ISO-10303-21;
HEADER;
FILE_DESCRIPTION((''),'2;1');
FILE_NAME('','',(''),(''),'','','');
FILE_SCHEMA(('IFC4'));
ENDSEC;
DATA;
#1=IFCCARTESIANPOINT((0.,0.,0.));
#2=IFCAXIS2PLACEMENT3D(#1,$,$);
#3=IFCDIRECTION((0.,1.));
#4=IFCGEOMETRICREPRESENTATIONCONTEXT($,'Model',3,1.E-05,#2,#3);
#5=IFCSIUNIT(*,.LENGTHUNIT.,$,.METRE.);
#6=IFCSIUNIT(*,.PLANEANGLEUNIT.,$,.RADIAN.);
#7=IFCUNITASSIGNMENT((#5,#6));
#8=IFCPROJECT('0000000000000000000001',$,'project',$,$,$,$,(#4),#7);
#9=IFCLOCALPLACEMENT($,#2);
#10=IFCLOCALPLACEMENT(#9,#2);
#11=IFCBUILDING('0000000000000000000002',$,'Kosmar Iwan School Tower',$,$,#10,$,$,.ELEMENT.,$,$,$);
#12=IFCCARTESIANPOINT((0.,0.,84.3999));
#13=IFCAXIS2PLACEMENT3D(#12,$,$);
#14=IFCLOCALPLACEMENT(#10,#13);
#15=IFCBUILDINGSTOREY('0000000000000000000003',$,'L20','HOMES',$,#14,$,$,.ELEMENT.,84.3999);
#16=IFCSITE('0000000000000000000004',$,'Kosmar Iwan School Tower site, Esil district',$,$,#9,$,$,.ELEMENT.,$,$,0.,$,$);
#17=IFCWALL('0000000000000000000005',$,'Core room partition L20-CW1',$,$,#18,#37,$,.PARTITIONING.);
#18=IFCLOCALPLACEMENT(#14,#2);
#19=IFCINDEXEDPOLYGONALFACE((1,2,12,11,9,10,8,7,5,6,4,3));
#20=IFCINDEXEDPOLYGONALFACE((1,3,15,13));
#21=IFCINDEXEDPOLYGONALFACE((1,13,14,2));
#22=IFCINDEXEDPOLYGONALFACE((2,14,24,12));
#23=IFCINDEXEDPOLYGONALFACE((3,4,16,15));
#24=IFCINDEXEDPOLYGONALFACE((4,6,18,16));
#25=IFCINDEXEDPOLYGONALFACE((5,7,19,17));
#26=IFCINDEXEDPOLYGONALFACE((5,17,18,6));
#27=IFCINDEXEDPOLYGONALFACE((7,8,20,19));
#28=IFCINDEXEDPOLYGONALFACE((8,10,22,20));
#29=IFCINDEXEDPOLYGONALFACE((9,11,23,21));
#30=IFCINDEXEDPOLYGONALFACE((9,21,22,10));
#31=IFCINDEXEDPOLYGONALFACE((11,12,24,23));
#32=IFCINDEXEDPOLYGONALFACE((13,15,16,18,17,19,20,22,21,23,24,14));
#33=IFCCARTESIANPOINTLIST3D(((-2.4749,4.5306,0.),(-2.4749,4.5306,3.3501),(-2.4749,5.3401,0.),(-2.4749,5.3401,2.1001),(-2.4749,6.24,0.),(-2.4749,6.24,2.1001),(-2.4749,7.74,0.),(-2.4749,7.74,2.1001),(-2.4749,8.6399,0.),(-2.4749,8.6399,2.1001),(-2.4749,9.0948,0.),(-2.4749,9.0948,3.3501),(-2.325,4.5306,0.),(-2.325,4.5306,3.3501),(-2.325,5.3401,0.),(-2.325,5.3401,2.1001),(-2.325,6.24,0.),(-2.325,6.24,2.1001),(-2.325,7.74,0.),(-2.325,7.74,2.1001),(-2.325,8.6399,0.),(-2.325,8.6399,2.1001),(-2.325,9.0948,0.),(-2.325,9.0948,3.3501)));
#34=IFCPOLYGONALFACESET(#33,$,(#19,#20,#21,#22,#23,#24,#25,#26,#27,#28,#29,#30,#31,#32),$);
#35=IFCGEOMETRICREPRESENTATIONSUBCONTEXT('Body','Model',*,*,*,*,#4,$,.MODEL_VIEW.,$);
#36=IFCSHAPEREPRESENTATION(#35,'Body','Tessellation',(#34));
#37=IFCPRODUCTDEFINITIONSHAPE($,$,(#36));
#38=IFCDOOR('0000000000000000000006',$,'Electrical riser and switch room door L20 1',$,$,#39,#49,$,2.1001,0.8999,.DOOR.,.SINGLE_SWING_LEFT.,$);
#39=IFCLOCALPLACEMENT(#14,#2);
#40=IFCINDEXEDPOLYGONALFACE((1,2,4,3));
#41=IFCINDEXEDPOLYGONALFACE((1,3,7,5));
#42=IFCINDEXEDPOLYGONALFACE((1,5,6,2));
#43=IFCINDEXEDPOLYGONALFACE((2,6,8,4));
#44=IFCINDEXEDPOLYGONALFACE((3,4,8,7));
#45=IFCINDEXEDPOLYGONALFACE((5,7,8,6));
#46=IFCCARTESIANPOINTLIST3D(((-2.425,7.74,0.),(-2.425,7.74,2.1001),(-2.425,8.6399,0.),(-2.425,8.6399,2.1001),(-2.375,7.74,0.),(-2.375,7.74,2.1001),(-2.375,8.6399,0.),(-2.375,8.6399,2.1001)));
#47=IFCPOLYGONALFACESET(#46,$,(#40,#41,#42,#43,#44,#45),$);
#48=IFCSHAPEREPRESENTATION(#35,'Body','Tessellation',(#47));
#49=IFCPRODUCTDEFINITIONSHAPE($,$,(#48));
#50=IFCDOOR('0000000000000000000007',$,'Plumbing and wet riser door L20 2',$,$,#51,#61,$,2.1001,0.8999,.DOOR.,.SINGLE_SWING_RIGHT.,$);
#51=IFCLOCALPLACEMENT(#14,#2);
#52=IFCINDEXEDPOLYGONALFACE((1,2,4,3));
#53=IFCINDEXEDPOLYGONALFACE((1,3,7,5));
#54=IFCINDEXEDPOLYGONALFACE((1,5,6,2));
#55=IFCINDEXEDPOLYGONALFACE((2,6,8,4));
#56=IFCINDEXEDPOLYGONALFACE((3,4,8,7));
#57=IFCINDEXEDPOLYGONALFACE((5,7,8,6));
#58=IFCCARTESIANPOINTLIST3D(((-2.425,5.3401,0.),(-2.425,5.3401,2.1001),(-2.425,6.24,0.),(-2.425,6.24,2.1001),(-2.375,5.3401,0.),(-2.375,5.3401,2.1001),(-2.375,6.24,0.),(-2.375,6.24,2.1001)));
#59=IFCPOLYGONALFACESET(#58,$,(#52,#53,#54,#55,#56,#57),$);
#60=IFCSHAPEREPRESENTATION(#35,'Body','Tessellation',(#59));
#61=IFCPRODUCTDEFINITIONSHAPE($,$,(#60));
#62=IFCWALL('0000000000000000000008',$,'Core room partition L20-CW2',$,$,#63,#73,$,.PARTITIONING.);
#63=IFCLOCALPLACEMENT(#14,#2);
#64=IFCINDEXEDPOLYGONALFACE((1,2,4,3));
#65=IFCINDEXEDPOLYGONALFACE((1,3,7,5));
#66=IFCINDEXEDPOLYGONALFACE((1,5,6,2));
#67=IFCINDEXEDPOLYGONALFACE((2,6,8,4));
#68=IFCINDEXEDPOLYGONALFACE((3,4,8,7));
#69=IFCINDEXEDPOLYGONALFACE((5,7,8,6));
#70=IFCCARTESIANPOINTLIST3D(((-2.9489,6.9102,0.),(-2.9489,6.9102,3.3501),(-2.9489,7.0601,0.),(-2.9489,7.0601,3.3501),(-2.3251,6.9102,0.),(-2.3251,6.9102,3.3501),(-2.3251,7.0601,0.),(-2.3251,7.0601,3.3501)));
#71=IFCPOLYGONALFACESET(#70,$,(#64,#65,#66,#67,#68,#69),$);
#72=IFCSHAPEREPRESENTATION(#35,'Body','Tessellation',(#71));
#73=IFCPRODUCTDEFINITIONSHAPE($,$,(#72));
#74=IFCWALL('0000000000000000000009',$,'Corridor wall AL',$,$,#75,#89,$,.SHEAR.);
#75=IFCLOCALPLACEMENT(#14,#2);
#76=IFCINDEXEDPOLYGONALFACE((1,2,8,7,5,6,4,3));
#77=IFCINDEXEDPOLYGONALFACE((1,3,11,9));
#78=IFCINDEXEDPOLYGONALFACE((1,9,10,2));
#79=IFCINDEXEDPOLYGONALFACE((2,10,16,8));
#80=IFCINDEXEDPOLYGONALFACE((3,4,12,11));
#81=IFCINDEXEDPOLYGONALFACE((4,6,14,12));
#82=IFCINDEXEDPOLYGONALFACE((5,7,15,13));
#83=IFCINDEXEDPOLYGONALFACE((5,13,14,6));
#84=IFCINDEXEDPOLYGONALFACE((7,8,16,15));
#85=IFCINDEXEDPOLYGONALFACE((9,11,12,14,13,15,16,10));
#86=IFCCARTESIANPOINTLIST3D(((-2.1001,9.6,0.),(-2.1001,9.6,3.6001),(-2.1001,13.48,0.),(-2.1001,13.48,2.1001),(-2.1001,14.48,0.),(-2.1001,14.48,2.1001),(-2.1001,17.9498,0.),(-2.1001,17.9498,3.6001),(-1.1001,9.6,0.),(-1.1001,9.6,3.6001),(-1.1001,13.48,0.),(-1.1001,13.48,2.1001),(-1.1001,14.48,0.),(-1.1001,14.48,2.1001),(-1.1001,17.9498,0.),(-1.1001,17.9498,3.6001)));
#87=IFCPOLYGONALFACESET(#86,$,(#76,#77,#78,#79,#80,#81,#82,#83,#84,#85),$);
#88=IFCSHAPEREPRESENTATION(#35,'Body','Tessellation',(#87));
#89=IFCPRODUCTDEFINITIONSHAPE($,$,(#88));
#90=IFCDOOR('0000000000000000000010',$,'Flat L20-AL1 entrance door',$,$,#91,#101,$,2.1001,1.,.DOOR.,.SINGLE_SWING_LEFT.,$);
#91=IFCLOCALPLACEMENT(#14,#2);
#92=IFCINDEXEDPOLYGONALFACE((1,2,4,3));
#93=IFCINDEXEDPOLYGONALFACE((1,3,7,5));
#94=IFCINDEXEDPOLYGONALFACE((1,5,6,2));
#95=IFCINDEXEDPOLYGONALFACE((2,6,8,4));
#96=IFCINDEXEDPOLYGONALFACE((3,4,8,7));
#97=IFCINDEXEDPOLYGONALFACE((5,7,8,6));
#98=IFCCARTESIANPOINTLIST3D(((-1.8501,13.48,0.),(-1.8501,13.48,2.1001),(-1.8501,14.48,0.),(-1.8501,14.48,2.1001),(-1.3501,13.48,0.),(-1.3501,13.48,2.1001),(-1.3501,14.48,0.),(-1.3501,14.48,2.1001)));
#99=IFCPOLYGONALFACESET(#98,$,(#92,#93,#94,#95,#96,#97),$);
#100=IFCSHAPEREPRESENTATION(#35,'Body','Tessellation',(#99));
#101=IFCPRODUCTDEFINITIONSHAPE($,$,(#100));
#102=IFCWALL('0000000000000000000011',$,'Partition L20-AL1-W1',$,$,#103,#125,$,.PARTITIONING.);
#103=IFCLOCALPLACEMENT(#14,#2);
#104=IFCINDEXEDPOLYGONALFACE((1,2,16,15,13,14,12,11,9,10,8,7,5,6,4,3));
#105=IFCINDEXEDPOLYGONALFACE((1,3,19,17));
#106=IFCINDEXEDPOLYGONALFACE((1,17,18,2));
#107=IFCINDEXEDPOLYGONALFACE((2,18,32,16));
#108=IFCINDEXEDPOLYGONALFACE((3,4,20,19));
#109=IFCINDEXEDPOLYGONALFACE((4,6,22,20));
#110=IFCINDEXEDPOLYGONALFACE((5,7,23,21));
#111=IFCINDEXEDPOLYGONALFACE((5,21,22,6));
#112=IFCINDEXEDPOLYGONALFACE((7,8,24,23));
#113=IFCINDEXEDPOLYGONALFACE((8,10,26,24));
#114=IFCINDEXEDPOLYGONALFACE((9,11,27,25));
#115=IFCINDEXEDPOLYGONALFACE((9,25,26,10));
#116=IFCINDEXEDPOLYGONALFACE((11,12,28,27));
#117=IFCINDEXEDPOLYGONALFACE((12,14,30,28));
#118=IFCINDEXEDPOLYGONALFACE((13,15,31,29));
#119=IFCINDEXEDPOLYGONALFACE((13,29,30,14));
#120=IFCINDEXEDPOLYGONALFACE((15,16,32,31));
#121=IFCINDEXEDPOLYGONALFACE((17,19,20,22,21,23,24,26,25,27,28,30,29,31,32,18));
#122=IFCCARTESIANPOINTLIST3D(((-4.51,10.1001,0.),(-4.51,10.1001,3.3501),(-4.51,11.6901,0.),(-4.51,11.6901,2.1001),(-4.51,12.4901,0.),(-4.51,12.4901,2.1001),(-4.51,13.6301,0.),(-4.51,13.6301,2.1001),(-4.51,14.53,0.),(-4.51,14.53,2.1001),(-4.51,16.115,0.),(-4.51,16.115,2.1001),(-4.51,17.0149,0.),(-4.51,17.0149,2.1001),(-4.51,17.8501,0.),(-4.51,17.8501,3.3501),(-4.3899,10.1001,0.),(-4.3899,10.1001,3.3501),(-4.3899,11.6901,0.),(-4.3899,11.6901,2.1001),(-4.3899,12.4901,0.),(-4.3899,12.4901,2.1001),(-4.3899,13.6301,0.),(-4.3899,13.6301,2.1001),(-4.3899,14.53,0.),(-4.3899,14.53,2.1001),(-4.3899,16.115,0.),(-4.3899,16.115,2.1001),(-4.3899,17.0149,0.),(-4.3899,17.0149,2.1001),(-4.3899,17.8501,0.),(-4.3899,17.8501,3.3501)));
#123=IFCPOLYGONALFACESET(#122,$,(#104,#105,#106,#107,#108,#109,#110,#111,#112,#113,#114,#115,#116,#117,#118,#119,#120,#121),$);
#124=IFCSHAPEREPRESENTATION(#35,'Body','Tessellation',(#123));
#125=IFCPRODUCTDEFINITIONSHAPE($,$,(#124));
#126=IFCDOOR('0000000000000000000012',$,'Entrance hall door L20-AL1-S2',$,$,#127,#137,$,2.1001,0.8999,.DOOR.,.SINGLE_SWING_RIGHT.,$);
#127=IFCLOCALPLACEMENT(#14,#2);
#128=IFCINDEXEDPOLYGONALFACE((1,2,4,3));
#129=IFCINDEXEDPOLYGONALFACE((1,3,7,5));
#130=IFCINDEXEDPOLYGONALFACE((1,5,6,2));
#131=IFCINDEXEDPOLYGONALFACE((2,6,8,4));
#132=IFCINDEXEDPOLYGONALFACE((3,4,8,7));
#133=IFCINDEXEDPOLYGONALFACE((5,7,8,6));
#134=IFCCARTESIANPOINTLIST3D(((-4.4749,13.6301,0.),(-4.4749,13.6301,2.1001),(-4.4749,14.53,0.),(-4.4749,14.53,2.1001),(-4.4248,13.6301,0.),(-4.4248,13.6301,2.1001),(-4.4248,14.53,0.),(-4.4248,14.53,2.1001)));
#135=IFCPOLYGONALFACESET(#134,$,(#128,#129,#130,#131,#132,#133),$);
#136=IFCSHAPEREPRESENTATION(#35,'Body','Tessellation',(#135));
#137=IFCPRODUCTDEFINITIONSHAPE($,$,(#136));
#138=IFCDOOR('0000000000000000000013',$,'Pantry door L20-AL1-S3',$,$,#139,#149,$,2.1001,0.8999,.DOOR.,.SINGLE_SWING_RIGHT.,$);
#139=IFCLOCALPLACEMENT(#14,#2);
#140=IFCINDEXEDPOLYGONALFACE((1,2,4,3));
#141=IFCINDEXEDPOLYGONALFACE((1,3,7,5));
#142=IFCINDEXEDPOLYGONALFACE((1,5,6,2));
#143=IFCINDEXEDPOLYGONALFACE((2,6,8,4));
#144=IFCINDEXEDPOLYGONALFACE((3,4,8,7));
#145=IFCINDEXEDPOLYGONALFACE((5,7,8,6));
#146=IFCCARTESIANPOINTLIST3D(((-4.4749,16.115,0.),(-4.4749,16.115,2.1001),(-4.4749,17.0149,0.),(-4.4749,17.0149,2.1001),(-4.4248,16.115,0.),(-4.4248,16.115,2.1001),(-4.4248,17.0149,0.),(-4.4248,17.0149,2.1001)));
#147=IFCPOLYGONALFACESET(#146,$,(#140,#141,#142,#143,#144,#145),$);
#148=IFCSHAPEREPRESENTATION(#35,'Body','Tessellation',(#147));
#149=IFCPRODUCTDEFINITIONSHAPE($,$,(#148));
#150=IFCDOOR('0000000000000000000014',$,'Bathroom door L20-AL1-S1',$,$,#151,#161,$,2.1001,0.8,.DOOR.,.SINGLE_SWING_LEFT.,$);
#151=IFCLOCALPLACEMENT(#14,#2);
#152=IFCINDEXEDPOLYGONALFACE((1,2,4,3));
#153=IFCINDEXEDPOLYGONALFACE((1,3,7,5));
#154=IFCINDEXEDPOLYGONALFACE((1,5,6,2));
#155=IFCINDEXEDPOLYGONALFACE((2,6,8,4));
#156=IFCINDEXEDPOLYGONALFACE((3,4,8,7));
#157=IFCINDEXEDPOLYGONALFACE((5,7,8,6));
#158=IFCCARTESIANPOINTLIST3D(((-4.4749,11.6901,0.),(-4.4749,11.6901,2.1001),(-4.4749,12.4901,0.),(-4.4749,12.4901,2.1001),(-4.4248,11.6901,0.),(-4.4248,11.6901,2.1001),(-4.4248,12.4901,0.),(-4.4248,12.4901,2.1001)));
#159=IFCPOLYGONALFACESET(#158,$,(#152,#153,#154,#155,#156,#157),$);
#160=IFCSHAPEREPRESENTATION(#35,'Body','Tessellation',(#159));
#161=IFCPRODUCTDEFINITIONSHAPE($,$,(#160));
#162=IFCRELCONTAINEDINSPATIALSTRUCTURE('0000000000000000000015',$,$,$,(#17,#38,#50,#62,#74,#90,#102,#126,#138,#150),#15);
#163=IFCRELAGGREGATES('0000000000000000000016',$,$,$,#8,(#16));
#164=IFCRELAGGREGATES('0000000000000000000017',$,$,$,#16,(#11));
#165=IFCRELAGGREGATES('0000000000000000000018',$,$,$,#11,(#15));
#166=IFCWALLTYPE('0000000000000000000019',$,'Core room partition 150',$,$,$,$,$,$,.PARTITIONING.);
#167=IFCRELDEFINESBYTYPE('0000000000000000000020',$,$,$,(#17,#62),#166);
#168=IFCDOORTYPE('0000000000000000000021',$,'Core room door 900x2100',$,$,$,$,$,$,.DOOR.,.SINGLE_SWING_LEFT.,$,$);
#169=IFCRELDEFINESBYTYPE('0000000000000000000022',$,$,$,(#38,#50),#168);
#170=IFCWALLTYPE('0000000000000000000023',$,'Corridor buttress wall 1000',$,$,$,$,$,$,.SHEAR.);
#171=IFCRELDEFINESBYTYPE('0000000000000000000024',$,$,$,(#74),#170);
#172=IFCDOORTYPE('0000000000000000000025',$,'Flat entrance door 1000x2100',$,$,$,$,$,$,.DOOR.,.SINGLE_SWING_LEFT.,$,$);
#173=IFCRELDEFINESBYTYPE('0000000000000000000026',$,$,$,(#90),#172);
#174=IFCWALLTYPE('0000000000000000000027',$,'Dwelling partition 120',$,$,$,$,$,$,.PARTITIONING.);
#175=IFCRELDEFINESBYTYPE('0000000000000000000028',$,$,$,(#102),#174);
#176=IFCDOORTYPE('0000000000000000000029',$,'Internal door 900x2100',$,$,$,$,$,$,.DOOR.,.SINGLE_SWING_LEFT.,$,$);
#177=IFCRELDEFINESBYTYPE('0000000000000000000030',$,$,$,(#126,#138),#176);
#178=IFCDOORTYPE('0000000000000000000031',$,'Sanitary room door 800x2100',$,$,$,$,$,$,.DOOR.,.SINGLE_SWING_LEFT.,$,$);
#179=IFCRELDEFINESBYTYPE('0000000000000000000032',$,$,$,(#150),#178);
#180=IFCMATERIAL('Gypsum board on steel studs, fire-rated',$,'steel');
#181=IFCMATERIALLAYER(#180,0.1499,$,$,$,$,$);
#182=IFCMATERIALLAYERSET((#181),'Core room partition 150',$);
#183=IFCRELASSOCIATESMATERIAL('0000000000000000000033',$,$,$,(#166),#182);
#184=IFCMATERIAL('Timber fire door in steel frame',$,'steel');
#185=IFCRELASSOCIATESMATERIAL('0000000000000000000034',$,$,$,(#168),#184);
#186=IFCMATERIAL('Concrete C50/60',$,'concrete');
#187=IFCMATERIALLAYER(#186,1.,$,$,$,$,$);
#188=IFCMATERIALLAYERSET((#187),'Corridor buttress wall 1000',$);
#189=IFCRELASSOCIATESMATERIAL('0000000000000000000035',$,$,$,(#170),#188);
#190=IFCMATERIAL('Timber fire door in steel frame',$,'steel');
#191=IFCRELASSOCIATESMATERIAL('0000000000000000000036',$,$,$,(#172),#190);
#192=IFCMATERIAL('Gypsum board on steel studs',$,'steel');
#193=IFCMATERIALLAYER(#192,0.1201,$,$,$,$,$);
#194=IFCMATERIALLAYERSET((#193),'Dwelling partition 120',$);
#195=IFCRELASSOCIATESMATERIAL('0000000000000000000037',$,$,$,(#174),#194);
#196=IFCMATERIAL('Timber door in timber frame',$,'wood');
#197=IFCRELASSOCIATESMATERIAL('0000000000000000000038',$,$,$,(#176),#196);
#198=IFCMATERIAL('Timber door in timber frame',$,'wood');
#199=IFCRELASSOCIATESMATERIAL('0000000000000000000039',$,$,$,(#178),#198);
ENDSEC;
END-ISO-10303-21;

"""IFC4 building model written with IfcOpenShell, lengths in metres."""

from ifc_helpers import new_model, si_unit, direction, frame, frame_2d, origin, place, context, subcontext, project, spatial, rectangle, extrude, material, layer, layer_set, type_object, element, fill, save


model = new_model("IFC4")

# Units and contexts
model_context = context("Model", 3, precision=1e-05, world=origin(), true_north=direction((0.0, 1.0)))
body_context = subcontext(model_context, "Body", "Model", "MODEL_VIEW")
ifc_project = project(units=[si_unit("LENGTHUNIT", "METRE"), si_unit("PLANEANGLEUNIT", "RADIAN")], contexts=[model_context])

# Site, building, storey
site_placement = place(None, origin())
site = spatial("IfcSite", under=ifc_project, at=site_placement, Name="Kosmar Iwan School Tower site, Esil district", CompositionType="ELEMENT", RefElevation=0.0)
building_placement = place(site_placement, origin())
building = spatial("IfcBuilding", under=site, at=building_placement, Name="Kosmar Iwan School Tower", CompositionType="ELEMENT")
storey_placement = place(building_placement, frame((0.0, 0.0, 84.3999)))
storey = spatial("IfcBuildingStorey", under=building, at=storey_placement, Name="L20", Description="HOMES", CompositionType="ELEMENT", Elevation=84.3999)

# Wall, openings, doors
ifc_material_1 = material(Name="Gypsum board on steel studs, fire-rated", Category="steel")
ifc_layer_1 = layer(ifc_material_1, 0.1499)
ifc_layer_set_1 = layer_set([ifc_layer_1], Name="Core room partition 150")
wall_type_1 = type_object("IfcWallType", Name="Core room partition 150", PredefinedType="PARTITIONING", material=ifc_layer_set_1)
wall_1_placement = place(storey_placement, frame((-2.3999, 9.095, 0.0), z_axis=(0.0, 0.0, 1.0), x_axis=(0.0, -1.0, 0.0)))
wall_1 = element("IfcWall", 1, at=wall_1_placement, inside=storey, type_object=wall_type_1, Name="Core room partition L20-CW1", PredefinedType="PARTITIONING", context=body_context, shape_type="SweptSolid", body=[
    extrude(rectangle(XDim=4.5642, YDim=0.1499, at=frame_2d((2.2822, 0.0))), origin(), (0.0, 0.0, 1.0), 3.3501),
])
opening_1_placement = place(wall_1_placement, frame((0.4551, 0.0, 0.0)))
opening_1 = element("IfcOpeningElement", 2, at=opening_1_placement, cuts=wall_1, PredefinedType="OPENING", context=body_context, shape_type="SweptSolid", body=[
    extrude(rectangle(XDim=0.8999, YDim=2.1001, at=frame_2d((0.45, 1.05))), frame((0.0, 0.0869, 0.0), z_axis=(0.0, -1.0, 0.0), x_axis=(1.0, 0.0, 0.0)), (0.0, 0.0, 1.0), 0.1738),
])
opening_2_placement = place(wall_1_placement, frame((2.855, 0.0, 0.0)))
opening_2 = element("IfcOpeningElement", 3, at=opening_2_placement, cuts=wall_1, PredefinedType="OPENING", context=body_context, shape_type="SweptSolid", body=[
    extrude(rectangle(XDim=0.8999, YDim=2.1001, at=frame_2d((0.45, 1.05))), frame((0.0, 0.0869, 0.0), z_axis=(0.0, -1.0, 0.0), x_axis=(1.0, 0.0, 0.0)), (0.0, 0.0, 1.0), 0.1738),
])
ifc_material_2 = material(Name="Timber fire door in steel frame", Category="steel")
door_type_1 = type_object("IfcDoorType", Name="Core room door 900x2100", OperationType="SINGLE_SWING_LEFT", PredefinedType="DOOR", material=ifc_material_2)
door_1_placement = place(opening_1_placement, origin())
door_1 = element("IfcDoor", 4, at=door_1_placement, inside=storey, type_object=door_type_1, Name="Electrical riser and switch room door L20 1", OperationType="SINGLE_SWING_LEFT", OverallHeight=2.1001, OverallWidth=0.8999, PredefinedType="DOOR", context=body_context, shape_type="SweptSolid", body=[
    extrude(rectangle(XDim=0.8999, YDim=2.1001, at=frame_2d((0.45, 1.05))), frame((0.0, 0.0249, 0.0), z_axis=(0.0, -1.0, 0.0), x_axis=(1.0, 0.0, 0.0)), (0.0, 0.0, 1.0), 0.05),
])
fill(opening_1, door_1)
door_2_placement = place(opening_2_placement, origin())
door_2 = element("IfcDoor", 5, at=door_2_placement, inside=storey, type_object=door_type_1, Name="Plumbing and wet riser door L20 2", OperationType="SINGLE_SWING_RIGHT", OverallHeight=2.1001, OverallWidth=0.8999, PredefinedType="DOOR", context=body_context, shape_type="SweptSolid", body=[
    extrude(rectangle(XDim=0.8999, YDim=2.1001, at=frame_2d((0.45, 1.05))), frame((0.0, 0.0249, 0.0), z_axis=(0.0, -1.0, 0.0), x_axis=(1.0, 0.0, 0.0)), (0.0, 0.0, 1.0), 0.05),
])
fill(opening_2, door_2)

# Wall
wall_2_placement = place(storey_placement, frame((-2.325, 6.9851, 0.0), z_axis=(0.0, 0.0, 1.0), x_axis=(-1.0, 0.0, 0.0)))
element("IfcWall", 6, at=wall_2_placement, inside=storey, type_object=wall_type_1, Name="Core room partition L20-CW2", PredefinedType="PARTITIONING", context=body_context, shape_type="SweptSolid", body=[
    extrude(rectangle(XDim=0.6238, YDim=0.1499, at=frame_2d((0.312, 0.0))), origin(), (0.0, 0.0, 1.0), 3.3501),
])

# Wall, opening, door
ifc_material_3 = material(Name="Concrete C50/60", Category="concrete")
ifc_layer_2 = layer(ifc_material_3, 1.0)
ifc_layer_set_2 = layer_set([ifc_layer_2], Name="Corridor buttress wall 1000")
wall_type_2 = type_object("IfcWallType", Name="Corridor buttress wall 1000", PredefinedType="SHEAR", material=ifc_layer_set_2)
wall_3_placement = place(storey_placement, frame((-1.6001, 9.6001, 0.0), z_axis=(0.0, 0.0, 1.0), x_axis=(0.0, 1.0, 0.0)))
wall_3 = element("IfcWall", 7, at=wall_3_placement, inside=storey, type_object=wall_type_2, Name="Corridor wall AL", PredefinedType="SHEAR", context=body_context, shape_type="SweptSolid", body=[
    extrude(rectangle(XDim=8.3499, YDim=1.0, at=frame_2d((4.1748, 0.0))), origin(), (0.0, 0.0, 1.0), 3.6001),
])
opening_3_placement = place(wall_3_placement, frame((3.8799, 0.0, 0.0)))
opening_3 = element("IfcOpeningElement", 8, at=opening_3_placement, cuts=wall_3, PredefinedType="OPENING", context=body_context, shape_type="SweptSolid", body=[
    extrude(rectangle(XDim=1.0, YDim=2.1001, at=frame_2d((0.5, 1.05))), frame((0.0, 0.512, 0.0), z_axis=(0.0, -1.0, 0.0), x_axis=(1.0, 0.0, 0.0)), (0.0, 0.0, 1.0), 1.0239),
])
ifc_material_4 = material(Name="Timber fire door in steel frame", Category="steel")
door_type_2 = type_object("IfcDoorType", Name="Flat entrance door 1000x2100", OperationType="SINGLE_SWING_LEFT", PredefinedType="DOOR", material=ifc_material_4)
door_3_placement = place(opening_3_placement, origin())
door_3 = element("IfcDoor", 9, at=door_3_placement, inside=storey, type_object=door_type_2, Name="Flat L20-AL1 entrance door", OperationType="SINGLE_SWING_LEFT", OverallHeight=2.1001, OverallWidth=1.0, PredefinedType="DOOR", context=body_context, shape_type="SweptSolid", body=[
    extrude(rectangle(XDim=1.0, YDim=2.1001, at=frame_2d((0.5, 1.05))), frame((0.0, 0.25, 0.0), z_axis=(0.0, -1.0, 0.0), x_axis=(1.0, 0.0, 0.0)), (0.0, 0.0, 1.0), 0.5),
])
fill(opening_3, door_3)

# Wall, openings, doors
ifc_material_5 = material(Name="Gypsum board on steel studs", Category="steel")
ifc_layer_3 = layer(ifc_material_5, 0.1201)
ifc_layer_set_3 = layer_set([ifc_layer_3], Name="Dwelling partition 120")
wall_type_3 = type_object("IfcWallType", Name="Dwelling partition 120", PredefinedType="PARTITIONING", material=ifc_layer_set_3)
wall_4_placement = place(storey_placement, frame((-4.45, 10.1001, 0.0), z_axis=(0.0, 0.0, 1.0), x_axis=(0.0, 1.0, 0.0)))
wall_4 = element("IfcWall", 10, at=wall_4_placement, inside=storey, type_object=wall_type_3, Name="Partition L20-AL1-W1", PredefinedType="PARTITIONING", context=body_context, shape_type="SweptSolid", body=[
    extrude(rectangle(XDim=7.75, YDim=0.1201, at=frame_2d((3.875, 0.0))), origin(), (0.0, 0.0, 1.0), 3.3501),
])
opening_4_placement = place(wall_4_placement, frame((1.5901, 0.0, 0.0)))
opening_4 = element("IfcOpeningElement", 11, at=opening_4_placement, cuts=wall_4, PredefinedType="OPENING", context=body_context, shape_type="SweptSolid", body=[
    extrude(rectangle(XDim=0.8, YDim=2.1001, at=frame_2d((0.3999, 1.05))), frame((0.0, 0.072, 0.0), z_axis=(0.0, -1.0, 0.0), x_axis=(1.0, 0.0, 0.0)), (0.0, 0.0, 1.0), 0.144),
])
opening_5_placement = place(wall_4_placement, frame((3.53, 0.0, 0.0)))
opening_5 = element("IfcOpeningElement", 12, at=opening_5_placement, cuts=wall_4, PredefinedType="OPENING", context=body_context, shape_type="SweptSolid", body=[
    extrude(rectangle(XDim=0.8999, YDim=2.1001, at=frame_2d((0.45, 1.05))), frame((0.0, 0.072, 0.0), z_axis=(0.0, -1.0, 0.0), x_axis=(1.0, 0.0, 0.0)), (0.0, 0.0, 1.0), 0.144),
])
opening_6_placement = place(wall_4_placement, frame((6.0149, 0.0, 0.0)))
opening_6 = element("IfcOpeningElement", 13, at=opening_6_placement, cuts=wall_4, PredefinedType="OPENING", context=body_context, shape_type="SweptSolid", body=[
    extrude(rectangle(XDim=0.8999, YDim=2.1001, at=frame_2d((0.45, 1.05))), frame((0.0, 0.072, 0.0), z_axis=(0.0, -1.0, 0.0), x_axis=(1.0, 0.0, 0.0)), (0.0, 0.0, 1.0), 0.144),
])
ifc_material_6 = material(Name="Timber door in timber frame", Category="wood")
door_type_3 = type_object("IfcDoorType", Name="Internal door 900x2100", OperationType="SINGLE_SWING_LEFT", PredefinedType="DOOR", material=ifc_material_6)
door_4_placement = place(opening_5_placement, origin())
door_4 = element("IfcDoor", 14, at=door_4_placement, inside=storey, type_object=door_type_3, Name="Entrance hall door L20-AL1-S2", OperationType="SINGLE_SWING_RIGHT", OverallHeight=2.1001, OverallWidth=0.8999, PredefinedType="DOOR", context=body_context, shape_type="SweptSolid", body=[
    extrude(rectangle(XDim=0.8999, YDim=2.1001, at=frame_2d((0.45, 1.05))), frame((0.0, 0.0249, 0.0), z_axis=(0.0, -1.0, 0.0), x_axis=(1.0, 0.0, 0.0)), (0.0, 0.0, 1.0), 0.05),
])
fill(opening_5, door_4)
door_5_placement = place(opening_6_placement, origin())
door_5 = element("IfcDoor", 15, at=door_5_placement, inside=storey, type_object=door_type_3, Name="Pantry door L20-AL1-S3", OperationType="SINGLE_SWING_RIGHT", OverallHeight=2.1001, OverallWidth=0.8999, PredefinedType="DOOR", context=body_context, shape_type="SweptSolid", body=[
    extrude(rectangle(XDim=0.8999, YDim=2.1001, at=frame_2d((0.45, 1.05))), frame((0.0, 0.0249, 0.0), z_axis=(0.0, -1.0, 0.0), x_axis=(1.0, 0.0, 0.0)), (0.0, 0.0, 1.0), 0.05),
])
fill(opening_6, door_5)
ifc_material_7 = material(Name="Timber door in timber frame", Category="wood")
door_type_4 = type_object("IfcDoorType", Name="Sanitary room door 800x2100", OperationType="SINGLE_SWING_LEFT", PredefinedType="DOOR", material=ifc_material_7)
door_6_placement = place(opening_4_placement, origin())
door_6 = element("IfcDoor", 16, at=door_6_placement, inside=storey, type_object=door_type_4, Name="Bathroom door L20-AL1-S1", OperationType="SINGLE_SWING_LEFT", OverallHeight=2.1001, OverallWidth=0.8, PredefinedType="DOOR", context=body_context, shape_type="SweptSolid", body=[
    extrude(rectangle(XDim=0.8, YDim=2.1001, at=frame_2d((0.3999, 1.05))), frame((0.0, 0.0249, 0.0), z_axis=(0.0, -1.0, 0.0), x_axis=(1.0, 0.0, 0.0)), (0.0, 0.0, 1.0), 0.05),
])
fill(opening_4, door_6)

save(model, "model.ifc")
